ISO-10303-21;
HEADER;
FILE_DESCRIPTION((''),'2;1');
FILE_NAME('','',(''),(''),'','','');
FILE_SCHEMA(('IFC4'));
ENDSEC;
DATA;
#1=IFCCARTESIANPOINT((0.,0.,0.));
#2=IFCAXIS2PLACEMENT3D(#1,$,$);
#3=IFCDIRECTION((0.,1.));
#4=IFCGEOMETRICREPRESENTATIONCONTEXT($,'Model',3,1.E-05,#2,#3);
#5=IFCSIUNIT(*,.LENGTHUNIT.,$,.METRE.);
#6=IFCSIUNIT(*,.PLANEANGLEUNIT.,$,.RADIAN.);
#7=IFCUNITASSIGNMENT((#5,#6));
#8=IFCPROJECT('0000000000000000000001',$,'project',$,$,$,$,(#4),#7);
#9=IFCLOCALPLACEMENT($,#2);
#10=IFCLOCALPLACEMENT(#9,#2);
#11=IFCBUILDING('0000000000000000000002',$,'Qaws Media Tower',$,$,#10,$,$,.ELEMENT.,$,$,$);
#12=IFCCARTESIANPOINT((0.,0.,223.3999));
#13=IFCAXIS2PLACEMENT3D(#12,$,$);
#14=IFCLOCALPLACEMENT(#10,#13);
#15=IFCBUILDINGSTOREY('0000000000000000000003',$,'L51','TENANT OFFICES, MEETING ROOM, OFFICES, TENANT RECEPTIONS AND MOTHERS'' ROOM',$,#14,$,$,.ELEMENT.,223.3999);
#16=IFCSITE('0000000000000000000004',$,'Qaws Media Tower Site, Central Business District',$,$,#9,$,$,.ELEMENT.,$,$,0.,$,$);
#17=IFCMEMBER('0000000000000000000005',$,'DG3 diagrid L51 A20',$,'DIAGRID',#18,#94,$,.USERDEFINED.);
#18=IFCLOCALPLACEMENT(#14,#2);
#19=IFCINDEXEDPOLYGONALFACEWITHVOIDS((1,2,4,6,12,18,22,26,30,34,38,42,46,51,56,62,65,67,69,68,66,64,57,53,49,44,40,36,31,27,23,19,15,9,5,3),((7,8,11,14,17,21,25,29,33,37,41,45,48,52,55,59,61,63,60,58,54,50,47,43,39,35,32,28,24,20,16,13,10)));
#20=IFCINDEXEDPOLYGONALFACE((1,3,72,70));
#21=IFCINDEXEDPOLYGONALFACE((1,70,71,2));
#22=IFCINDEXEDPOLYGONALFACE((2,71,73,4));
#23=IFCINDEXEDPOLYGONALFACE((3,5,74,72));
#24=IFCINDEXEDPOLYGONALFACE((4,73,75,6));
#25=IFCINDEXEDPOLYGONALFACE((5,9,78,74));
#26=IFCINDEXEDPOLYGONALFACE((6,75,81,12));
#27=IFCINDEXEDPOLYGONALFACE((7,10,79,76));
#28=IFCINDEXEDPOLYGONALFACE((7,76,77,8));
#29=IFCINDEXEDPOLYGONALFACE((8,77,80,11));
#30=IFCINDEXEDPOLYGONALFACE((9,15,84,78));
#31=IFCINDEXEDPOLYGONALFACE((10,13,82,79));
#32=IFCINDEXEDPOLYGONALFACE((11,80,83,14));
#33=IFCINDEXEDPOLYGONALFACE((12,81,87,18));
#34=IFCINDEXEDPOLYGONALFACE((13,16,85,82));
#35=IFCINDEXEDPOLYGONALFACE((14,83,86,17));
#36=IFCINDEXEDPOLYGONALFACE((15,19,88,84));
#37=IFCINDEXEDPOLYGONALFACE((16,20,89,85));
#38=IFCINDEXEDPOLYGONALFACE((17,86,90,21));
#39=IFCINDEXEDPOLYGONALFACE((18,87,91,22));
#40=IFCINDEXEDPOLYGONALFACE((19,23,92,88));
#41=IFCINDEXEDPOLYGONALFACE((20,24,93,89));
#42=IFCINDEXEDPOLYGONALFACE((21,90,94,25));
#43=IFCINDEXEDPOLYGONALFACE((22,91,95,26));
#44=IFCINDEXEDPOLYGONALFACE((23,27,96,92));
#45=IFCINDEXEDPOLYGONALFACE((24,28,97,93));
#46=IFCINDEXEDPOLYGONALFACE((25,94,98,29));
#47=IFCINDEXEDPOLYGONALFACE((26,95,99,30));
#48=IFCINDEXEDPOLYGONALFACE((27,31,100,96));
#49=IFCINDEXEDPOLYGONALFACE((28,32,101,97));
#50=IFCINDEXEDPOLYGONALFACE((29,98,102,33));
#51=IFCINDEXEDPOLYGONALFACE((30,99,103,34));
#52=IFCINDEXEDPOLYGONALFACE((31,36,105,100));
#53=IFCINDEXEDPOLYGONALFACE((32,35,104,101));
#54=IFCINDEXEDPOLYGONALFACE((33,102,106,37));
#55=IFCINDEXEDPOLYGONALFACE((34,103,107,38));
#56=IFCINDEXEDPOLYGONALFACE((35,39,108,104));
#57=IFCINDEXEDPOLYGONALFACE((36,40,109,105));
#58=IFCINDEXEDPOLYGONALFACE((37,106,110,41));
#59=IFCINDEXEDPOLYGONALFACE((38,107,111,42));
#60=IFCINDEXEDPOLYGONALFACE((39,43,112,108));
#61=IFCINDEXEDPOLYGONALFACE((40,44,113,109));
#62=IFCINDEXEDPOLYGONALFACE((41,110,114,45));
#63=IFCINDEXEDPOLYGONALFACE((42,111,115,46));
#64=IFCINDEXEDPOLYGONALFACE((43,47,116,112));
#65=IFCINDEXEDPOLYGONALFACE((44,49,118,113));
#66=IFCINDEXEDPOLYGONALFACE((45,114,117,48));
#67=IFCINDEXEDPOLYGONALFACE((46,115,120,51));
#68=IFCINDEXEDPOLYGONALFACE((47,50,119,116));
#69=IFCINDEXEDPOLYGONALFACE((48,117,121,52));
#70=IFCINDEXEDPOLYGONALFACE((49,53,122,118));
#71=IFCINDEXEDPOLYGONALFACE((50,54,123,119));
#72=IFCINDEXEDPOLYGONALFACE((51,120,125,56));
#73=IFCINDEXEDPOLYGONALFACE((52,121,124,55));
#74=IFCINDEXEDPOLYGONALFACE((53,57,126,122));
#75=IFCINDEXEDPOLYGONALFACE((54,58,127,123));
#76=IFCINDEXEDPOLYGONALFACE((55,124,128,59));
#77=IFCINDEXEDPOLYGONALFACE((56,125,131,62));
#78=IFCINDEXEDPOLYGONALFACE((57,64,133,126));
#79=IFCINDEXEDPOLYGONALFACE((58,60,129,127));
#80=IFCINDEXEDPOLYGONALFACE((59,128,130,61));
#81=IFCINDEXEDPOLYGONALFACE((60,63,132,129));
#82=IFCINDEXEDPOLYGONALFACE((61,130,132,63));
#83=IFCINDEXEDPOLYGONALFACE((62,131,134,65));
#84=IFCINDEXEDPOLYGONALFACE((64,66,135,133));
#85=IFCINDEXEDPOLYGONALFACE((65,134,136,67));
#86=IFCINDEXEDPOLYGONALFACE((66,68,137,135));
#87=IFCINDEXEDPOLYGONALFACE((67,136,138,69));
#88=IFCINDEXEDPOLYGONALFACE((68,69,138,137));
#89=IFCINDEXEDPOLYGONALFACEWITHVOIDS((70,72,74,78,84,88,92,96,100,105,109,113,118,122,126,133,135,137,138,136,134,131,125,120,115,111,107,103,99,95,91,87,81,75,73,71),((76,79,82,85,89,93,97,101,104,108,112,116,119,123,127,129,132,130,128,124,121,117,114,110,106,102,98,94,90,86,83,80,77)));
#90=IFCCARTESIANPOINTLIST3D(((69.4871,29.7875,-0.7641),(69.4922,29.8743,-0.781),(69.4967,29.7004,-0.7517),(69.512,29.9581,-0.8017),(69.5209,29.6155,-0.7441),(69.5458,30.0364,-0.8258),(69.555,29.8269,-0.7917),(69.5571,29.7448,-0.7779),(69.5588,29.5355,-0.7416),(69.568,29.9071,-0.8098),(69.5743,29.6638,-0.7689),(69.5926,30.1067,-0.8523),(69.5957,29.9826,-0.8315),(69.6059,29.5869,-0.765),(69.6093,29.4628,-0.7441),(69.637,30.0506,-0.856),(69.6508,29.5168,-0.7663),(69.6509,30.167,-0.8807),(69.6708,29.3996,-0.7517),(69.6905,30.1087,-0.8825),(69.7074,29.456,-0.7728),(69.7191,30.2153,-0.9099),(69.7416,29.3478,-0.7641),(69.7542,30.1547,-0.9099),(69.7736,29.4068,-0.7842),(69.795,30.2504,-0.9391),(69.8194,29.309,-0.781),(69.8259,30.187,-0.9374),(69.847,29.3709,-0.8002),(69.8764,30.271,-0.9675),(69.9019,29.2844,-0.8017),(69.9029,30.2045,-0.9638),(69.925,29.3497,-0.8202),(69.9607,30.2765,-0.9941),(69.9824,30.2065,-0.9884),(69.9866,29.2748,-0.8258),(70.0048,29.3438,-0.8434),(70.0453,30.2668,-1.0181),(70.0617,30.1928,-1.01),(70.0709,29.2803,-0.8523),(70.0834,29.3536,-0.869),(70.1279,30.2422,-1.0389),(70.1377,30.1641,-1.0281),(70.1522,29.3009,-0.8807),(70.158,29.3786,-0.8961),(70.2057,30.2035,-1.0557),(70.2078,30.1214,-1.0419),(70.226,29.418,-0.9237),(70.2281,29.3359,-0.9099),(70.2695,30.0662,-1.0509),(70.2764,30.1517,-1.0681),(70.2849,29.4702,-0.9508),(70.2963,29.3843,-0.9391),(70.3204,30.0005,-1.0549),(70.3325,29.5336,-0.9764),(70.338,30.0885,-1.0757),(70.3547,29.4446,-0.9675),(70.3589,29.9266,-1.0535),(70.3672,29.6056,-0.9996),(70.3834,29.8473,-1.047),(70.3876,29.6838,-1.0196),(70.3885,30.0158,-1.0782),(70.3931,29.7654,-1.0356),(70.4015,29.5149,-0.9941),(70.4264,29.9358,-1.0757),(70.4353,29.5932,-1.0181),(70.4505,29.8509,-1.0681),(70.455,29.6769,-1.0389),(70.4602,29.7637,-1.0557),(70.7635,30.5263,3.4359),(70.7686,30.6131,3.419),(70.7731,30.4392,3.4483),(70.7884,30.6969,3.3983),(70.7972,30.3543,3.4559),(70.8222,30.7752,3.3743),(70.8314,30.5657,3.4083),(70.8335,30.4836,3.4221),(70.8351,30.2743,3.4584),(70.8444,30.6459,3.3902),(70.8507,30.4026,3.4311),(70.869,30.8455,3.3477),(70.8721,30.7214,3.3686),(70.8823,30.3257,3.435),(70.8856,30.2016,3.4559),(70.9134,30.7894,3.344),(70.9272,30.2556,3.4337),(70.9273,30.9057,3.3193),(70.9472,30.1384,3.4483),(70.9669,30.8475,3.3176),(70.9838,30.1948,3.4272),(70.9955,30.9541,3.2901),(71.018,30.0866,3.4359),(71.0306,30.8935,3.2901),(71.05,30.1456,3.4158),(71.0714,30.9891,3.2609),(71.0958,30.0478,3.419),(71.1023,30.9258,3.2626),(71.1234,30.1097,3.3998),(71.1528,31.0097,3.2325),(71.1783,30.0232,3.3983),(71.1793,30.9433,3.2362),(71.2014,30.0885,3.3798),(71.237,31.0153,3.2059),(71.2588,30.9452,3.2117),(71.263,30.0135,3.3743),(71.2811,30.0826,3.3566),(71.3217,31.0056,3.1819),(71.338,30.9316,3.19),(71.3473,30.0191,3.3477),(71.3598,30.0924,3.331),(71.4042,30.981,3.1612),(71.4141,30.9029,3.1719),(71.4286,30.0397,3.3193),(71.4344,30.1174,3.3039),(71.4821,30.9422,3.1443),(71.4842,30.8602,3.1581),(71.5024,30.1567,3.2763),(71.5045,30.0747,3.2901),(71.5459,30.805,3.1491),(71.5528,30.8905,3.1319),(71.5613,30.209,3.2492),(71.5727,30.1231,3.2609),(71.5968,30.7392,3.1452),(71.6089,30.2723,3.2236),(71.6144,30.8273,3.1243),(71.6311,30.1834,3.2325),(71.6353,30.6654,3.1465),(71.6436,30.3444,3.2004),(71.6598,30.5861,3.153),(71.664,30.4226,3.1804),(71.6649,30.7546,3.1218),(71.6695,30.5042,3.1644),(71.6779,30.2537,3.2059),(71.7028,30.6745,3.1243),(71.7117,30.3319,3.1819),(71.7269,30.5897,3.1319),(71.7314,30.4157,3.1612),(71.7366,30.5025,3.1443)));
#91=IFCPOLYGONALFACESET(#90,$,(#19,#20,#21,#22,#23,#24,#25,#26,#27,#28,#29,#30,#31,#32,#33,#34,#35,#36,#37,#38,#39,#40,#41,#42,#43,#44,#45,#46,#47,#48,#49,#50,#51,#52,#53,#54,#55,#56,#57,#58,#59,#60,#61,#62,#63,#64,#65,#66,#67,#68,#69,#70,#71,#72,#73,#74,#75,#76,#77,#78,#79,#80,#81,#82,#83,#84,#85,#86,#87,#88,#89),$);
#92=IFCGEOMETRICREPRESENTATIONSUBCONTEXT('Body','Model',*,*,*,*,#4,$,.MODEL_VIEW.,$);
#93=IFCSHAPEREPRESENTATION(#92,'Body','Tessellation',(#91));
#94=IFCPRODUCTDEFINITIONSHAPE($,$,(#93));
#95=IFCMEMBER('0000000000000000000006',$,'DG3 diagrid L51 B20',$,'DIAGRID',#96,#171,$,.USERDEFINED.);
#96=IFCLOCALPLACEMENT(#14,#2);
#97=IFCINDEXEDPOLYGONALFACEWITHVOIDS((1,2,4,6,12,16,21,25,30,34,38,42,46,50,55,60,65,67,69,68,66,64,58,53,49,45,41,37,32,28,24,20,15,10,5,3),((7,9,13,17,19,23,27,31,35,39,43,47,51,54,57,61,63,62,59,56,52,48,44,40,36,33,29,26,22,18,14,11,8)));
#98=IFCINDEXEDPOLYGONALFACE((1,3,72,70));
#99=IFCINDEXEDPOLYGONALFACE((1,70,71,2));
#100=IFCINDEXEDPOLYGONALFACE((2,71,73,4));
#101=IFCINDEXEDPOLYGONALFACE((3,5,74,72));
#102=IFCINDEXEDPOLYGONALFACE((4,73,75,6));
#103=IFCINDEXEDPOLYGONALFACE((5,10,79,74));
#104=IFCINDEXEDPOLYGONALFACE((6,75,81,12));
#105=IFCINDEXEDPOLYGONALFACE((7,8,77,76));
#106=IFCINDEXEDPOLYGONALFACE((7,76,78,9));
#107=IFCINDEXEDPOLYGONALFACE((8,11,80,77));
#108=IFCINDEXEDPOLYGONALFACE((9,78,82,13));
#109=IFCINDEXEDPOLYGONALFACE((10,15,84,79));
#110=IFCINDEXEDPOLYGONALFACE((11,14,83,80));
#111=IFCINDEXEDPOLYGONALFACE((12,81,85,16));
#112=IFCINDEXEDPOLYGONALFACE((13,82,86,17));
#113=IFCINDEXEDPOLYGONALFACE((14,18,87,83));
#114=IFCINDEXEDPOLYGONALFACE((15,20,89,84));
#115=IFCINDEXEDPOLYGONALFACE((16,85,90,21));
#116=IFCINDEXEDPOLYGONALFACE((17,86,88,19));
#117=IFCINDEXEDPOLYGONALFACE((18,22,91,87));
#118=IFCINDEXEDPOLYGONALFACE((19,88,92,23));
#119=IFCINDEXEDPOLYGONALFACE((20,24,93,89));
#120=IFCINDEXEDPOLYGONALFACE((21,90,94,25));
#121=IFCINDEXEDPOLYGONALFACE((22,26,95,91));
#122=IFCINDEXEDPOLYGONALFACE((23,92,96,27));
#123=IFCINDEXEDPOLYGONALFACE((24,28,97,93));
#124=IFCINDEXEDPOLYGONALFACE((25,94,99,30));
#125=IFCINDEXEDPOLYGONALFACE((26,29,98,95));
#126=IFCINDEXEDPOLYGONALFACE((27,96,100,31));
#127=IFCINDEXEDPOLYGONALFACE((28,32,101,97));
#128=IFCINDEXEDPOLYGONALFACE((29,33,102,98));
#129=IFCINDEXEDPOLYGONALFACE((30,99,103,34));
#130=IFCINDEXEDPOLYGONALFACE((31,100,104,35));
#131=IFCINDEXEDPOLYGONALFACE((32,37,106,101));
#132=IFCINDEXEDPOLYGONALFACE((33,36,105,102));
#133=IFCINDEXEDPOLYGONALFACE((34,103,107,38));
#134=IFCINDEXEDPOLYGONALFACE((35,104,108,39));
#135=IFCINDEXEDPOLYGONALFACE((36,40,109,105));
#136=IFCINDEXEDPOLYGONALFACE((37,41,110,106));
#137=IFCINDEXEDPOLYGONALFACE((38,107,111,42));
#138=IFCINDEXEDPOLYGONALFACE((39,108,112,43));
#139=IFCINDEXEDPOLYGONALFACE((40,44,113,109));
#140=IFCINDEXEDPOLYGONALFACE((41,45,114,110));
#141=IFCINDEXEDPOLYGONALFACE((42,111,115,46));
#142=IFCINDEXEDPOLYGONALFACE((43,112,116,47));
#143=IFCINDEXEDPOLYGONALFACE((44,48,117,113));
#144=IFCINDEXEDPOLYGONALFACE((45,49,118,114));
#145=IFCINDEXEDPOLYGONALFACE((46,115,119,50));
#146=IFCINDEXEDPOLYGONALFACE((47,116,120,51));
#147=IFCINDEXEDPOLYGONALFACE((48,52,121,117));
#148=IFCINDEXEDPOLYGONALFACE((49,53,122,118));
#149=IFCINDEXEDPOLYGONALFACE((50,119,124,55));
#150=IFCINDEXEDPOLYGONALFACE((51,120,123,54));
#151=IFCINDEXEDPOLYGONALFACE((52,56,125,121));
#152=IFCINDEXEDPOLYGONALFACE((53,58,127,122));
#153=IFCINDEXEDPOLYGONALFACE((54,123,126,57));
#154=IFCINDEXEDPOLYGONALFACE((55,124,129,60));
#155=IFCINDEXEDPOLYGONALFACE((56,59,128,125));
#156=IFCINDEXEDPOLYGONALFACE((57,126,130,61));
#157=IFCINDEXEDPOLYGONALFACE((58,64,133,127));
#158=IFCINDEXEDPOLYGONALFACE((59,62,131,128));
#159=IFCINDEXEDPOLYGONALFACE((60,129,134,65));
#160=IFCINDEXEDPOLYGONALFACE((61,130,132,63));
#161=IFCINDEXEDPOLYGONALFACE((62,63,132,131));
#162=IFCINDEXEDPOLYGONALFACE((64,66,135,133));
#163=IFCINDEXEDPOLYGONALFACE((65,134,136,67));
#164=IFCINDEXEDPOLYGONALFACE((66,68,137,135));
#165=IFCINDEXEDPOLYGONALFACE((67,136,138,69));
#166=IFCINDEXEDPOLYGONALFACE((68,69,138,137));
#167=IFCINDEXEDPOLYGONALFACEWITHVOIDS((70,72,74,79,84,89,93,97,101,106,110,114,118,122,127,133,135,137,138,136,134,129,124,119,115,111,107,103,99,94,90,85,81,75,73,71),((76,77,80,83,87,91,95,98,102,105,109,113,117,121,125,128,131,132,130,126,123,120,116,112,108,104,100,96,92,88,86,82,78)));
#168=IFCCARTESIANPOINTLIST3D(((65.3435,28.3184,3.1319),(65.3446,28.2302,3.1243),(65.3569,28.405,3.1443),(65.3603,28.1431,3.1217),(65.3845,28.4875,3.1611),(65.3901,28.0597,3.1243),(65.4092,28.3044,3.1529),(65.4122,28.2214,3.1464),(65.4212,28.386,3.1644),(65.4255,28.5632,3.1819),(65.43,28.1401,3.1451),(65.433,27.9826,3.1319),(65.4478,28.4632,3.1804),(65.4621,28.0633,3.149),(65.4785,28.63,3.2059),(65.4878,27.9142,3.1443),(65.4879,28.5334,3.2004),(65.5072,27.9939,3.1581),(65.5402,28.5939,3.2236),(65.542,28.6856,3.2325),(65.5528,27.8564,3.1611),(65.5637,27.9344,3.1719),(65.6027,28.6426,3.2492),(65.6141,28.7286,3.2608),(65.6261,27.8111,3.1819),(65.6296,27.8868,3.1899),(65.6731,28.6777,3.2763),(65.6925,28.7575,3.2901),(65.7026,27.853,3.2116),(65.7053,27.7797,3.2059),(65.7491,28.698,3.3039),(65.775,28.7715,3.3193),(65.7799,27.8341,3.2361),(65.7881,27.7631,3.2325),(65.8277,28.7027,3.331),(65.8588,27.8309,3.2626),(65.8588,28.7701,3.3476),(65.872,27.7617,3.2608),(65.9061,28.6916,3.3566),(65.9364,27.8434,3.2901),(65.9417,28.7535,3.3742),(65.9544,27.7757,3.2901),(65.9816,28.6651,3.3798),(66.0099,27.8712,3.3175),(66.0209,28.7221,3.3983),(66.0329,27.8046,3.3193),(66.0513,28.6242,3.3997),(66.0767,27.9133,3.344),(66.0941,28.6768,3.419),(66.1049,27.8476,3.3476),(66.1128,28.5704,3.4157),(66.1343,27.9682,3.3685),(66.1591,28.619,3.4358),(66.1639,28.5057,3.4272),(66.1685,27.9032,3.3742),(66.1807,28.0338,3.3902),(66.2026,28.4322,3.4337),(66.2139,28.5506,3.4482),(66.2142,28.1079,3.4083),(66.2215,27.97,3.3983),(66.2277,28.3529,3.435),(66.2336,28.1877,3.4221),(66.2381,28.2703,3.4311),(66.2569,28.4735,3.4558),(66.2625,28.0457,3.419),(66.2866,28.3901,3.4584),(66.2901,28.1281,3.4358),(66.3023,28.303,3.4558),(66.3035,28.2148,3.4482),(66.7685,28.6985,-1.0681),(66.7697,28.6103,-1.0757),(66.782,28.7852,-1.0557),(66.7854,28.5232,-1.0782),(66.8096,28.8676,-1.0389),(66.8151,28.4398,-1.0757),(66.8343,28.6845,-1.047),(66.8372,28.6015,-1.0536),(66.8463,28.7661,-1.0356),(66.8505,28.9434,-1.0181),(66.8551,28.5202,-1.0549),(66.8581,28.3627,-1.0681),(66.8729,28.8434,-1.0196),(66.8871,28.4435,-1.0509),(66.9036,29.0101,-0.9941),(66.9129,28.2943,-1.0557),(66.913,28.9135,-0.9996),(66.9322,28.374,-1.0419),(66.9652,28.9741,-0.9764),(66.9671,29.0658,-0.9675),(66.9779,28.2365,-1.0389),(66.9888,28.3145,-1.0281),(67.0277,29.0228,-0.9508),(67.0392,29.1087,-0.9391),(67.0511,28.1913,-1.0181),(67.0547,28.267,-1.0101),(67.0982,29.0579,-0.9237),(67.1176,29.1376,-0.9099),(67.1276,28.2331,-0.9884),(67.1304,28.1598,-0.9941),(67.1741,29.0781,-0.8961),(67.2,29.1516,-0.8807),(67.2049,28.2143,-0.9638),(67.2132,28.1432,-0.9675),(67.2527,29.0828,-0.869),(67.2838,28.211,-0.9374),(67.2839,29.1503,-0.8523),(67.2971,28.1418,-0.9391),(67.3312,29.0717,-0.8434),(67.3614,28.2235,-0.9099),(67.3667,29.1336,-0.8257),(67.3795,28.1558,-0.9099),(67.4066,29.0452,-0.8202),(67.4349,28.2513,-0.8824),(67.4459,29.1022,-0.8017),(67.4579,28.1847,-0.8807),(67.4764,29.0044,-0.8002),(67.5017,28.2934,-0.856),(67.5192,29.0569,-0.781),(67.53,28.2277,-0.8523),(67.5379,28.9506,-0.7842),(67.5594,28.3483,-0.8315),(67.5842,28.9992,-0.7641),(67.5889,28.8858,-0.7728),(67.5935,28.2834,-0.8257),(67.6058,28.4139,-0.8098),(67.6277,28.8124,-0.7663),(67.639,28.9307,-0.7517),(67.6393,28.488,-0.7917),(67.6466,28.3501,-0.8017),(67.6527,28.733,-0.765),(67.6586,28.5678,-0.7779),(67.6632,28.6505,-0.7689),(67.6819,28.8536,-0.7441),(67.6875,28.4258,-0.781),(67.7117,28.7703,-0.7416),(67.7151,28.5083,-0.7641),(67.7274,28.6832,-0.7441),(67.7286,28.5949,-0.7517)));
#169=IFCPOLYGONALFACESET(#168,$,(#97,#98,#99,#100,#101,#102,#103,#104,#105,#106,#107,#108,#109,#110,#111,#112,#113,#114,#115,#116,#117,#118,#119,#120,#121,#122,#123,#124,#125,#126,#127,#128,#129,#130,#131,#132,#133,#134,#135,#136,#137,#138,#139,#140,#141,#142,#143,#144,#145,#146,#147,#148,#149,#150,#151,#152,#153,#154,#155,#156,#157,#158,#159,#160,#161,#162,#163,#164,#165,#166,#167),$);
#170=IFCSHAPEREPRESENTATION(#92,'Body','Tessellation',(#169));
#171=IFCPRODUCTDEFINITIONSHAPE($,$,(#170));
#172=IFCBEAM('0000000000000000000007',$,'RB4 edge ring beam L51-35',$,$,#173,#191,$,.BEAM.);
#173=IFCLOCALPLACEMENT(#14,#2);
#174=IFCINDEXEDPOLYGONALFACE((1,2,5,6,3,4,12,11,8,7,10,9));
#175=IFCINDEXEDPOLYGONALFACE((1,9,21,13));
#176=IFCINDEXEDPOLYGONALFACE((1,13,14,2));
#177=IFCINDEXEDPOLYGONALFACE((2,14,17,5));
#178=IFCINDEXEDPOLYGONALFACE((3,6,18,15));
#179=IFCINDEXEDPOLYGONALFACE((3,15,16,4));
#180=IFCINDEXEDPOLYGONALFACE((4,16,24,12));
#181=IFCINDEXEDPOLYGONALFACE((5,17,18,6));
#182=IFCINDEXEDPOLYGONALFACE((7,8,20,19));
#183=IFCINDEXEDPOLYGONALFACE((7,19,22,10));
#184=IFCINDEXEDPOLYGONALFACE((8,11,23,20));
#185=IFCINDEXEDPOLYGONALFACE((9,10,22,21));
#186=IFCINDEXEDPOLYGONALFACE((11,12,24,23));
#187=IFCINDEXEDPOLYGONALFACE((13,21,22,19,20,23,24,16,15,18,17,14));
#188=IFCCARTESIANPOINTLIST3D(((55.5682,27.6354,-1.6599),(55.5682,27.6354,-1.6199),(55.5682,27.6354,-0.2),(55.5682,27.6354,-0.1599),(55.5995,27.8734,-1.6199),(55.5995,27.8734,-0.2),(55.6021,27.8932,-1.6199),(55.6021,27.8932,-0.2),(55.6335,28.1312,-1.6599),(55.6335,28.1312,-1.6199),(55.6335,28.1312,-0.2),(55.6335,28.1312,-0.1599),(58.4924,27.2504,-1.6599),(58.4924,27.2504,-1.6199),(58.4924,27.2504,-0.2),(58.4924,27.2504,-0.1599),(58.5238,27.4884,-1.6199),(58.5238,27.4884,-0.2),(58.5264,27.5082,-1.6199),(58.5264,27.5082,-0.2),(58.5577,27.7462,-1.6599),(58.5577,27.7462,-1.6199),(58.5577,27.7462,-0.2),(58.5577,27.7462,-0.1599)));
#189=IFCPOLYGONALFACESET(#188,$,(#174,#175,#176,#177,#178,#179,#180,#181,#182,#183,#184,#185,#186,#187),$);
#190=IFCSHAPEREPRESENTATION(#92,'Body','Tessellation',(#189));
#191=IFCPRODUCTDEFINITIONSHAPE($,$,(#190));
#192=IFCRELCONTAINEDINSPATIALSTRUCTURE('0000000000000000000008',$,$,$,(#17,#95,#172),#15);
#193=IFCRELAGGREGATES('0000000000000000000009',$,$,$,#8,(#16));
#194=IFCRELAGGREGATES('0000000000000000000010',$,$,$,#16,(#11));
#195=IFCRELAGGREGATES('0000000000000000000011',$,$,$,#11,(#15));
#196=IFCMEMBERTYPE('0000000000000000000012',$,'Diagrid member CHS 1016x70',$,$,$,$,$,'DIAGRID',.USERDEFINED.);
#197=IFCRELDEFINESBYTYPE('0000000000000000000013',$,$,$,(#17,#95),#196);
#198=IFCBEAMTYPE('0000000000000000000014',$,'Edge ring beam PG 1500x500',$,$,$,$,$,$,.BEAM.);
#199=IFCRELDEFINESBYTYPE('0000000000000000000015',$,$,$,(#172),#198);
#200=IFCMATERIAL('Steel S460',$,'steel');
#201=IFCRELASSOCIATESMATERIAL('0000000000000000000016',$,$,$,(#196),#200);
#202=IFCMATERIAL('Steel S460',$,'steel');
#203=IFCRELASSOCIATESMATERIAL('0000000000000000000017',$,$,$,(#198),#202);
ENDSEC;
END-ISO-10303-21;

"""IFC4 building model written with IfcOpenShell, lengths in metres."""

from ifc_helpers import new_model, si_unit, direction, frame, origin, origin_2d, place, context, subcontext, project, spatial, hollow_circle, i_section, extrude, material, material_profile, profile_set, type_object, element, save


model = new_model("IFC4")

# Units and contexts
model_context = context("Model", 3, precision=1e-05, world=origin(), true_north=direction((0.0, 1.0)))
body_context = subcontext(model_context, "Body", "Model", "MODEL_VIEW")
ifc_project = project(units=[si_unit("LENGTHUNIT", "METRE"), si_unit("PLANEANGLEUNIT", "RADIAN")], contexts=[model_context])

# Site, building, storey
site_placement = place(None, origin())
site = spatial("IfcSite", under=ifc_project, at=site_placement, Name="Qaws Media Tower Site, Central Business District", CompositionType="ELEMENT", RefElevation=0.0)
building_placement = place(site_placement, origin())
building = spatial("IfcBuilding", under=site, at=building_placement, Name="Qaws Media Tower", CompositionType="ELEMENT")
storey_placement = place(building_placement, frame((0.0, 0.0, 223.3999)))
storey = spatial("IfcBuildingStorey", under=building, at=storey_placement, Name="L51", Description="TENANT OFFICES, MEETING ROOM, OFFICES, TENANT RECEPTIONS AND MOTHERS' ROOM", CompositionType="ELEMENT", Elevation=223.3999)

# Members
ifc_material_1 = material(Name="Steel S460", Category="steel")
ifc_material_profile_1 = material_profile(ifc_material_1, hollow_circle(Radius=0.5081, WallThickness=0.0701, at=origin_2d()), Name="CHS 1016x70")
ifc_profile_set_1 = profile_set([ifc_material_profile_1], Name="Steel S460")
member_type_1 = type_object("IfcMemberType", Name="Diagrid member CHS 1016x70", ElementType="DIAGRID", PredefinedType="USERDEFINED", material=ifc_profile_set_1)
for number, where, z_axis, x_axis, name in (
    (1, (69.9736, 29.7756, -0.9099), (0.286737, 0.165965, 0.943524), (-0.500945, 0.865479, 0.0), "DG3 diagrid L51 A20"),
    (2, (67.2485, 28.6467, -0.9099), (-0.320136, -0.085395, 0.943515), (0.257735, -0.966216, 0.0), "DG3 diagrid L51 B20"),
):
    element("IfcMember", number, at=place(storey_placement, frame(where, z_axis=z_axis, x_axis=x_axis)), inside=storey, type_object=member_type_1, Name=name, ObjectType="DIAGRID", PredefinedType="USERDEFINED", context=body_context, shape_type="SweptSolid", body=[
        extrude(hollow_circle(Radius=0.5081, WallThickness=0.0701, at=origin_2d()), origin(), (0.0, 0.0, 1.0), 4.4514),
    ])

# Beam
ifc_material_2 = material(Name="Steel S460", Category="steel")
ifc_material_profile_2 = material_profile(ifc_material_2, i_section(OverallWidth=0.5, OverallDepth=1.5, WebThickness=0.02, FlangeThickness=0.04, at=origin_2d()), Name="PG 1500x500")
ifc_profile_set_2 = profile_set([ifc_material_profile_2], Name="Steel S460")
beam_type = type_object("IfcBeamType", Name="Edge ring beam PG 1500x500", PredefinedType="BEAM", material=ifc_profile_set_2)
beam_1_placement = place(storey_placement, frame((55.6008, 27.8833, -0.9099), z_axis=(0.991444, -0.130532, 0.0), x_axis=(0.130532, 0.991444, 0.0)))
element("IfcBeam", 3, at=beam_1_placement, inside=storey, type_object=beam_type, Name="RB4 edge ring beam L51-35", PredefinedType="BEAM", context=body_context, shape_type="SweptSolid", body=[
    extrude(i_section(OverallWidth=0.5, OverallDepth=1.5, WebThickness=0.02, FlangeThickness=0.04, at=origin_2d()), origin(), (0.0, 0.0, 1.0), 2.9495),
])

save(model, "model.ifc")
